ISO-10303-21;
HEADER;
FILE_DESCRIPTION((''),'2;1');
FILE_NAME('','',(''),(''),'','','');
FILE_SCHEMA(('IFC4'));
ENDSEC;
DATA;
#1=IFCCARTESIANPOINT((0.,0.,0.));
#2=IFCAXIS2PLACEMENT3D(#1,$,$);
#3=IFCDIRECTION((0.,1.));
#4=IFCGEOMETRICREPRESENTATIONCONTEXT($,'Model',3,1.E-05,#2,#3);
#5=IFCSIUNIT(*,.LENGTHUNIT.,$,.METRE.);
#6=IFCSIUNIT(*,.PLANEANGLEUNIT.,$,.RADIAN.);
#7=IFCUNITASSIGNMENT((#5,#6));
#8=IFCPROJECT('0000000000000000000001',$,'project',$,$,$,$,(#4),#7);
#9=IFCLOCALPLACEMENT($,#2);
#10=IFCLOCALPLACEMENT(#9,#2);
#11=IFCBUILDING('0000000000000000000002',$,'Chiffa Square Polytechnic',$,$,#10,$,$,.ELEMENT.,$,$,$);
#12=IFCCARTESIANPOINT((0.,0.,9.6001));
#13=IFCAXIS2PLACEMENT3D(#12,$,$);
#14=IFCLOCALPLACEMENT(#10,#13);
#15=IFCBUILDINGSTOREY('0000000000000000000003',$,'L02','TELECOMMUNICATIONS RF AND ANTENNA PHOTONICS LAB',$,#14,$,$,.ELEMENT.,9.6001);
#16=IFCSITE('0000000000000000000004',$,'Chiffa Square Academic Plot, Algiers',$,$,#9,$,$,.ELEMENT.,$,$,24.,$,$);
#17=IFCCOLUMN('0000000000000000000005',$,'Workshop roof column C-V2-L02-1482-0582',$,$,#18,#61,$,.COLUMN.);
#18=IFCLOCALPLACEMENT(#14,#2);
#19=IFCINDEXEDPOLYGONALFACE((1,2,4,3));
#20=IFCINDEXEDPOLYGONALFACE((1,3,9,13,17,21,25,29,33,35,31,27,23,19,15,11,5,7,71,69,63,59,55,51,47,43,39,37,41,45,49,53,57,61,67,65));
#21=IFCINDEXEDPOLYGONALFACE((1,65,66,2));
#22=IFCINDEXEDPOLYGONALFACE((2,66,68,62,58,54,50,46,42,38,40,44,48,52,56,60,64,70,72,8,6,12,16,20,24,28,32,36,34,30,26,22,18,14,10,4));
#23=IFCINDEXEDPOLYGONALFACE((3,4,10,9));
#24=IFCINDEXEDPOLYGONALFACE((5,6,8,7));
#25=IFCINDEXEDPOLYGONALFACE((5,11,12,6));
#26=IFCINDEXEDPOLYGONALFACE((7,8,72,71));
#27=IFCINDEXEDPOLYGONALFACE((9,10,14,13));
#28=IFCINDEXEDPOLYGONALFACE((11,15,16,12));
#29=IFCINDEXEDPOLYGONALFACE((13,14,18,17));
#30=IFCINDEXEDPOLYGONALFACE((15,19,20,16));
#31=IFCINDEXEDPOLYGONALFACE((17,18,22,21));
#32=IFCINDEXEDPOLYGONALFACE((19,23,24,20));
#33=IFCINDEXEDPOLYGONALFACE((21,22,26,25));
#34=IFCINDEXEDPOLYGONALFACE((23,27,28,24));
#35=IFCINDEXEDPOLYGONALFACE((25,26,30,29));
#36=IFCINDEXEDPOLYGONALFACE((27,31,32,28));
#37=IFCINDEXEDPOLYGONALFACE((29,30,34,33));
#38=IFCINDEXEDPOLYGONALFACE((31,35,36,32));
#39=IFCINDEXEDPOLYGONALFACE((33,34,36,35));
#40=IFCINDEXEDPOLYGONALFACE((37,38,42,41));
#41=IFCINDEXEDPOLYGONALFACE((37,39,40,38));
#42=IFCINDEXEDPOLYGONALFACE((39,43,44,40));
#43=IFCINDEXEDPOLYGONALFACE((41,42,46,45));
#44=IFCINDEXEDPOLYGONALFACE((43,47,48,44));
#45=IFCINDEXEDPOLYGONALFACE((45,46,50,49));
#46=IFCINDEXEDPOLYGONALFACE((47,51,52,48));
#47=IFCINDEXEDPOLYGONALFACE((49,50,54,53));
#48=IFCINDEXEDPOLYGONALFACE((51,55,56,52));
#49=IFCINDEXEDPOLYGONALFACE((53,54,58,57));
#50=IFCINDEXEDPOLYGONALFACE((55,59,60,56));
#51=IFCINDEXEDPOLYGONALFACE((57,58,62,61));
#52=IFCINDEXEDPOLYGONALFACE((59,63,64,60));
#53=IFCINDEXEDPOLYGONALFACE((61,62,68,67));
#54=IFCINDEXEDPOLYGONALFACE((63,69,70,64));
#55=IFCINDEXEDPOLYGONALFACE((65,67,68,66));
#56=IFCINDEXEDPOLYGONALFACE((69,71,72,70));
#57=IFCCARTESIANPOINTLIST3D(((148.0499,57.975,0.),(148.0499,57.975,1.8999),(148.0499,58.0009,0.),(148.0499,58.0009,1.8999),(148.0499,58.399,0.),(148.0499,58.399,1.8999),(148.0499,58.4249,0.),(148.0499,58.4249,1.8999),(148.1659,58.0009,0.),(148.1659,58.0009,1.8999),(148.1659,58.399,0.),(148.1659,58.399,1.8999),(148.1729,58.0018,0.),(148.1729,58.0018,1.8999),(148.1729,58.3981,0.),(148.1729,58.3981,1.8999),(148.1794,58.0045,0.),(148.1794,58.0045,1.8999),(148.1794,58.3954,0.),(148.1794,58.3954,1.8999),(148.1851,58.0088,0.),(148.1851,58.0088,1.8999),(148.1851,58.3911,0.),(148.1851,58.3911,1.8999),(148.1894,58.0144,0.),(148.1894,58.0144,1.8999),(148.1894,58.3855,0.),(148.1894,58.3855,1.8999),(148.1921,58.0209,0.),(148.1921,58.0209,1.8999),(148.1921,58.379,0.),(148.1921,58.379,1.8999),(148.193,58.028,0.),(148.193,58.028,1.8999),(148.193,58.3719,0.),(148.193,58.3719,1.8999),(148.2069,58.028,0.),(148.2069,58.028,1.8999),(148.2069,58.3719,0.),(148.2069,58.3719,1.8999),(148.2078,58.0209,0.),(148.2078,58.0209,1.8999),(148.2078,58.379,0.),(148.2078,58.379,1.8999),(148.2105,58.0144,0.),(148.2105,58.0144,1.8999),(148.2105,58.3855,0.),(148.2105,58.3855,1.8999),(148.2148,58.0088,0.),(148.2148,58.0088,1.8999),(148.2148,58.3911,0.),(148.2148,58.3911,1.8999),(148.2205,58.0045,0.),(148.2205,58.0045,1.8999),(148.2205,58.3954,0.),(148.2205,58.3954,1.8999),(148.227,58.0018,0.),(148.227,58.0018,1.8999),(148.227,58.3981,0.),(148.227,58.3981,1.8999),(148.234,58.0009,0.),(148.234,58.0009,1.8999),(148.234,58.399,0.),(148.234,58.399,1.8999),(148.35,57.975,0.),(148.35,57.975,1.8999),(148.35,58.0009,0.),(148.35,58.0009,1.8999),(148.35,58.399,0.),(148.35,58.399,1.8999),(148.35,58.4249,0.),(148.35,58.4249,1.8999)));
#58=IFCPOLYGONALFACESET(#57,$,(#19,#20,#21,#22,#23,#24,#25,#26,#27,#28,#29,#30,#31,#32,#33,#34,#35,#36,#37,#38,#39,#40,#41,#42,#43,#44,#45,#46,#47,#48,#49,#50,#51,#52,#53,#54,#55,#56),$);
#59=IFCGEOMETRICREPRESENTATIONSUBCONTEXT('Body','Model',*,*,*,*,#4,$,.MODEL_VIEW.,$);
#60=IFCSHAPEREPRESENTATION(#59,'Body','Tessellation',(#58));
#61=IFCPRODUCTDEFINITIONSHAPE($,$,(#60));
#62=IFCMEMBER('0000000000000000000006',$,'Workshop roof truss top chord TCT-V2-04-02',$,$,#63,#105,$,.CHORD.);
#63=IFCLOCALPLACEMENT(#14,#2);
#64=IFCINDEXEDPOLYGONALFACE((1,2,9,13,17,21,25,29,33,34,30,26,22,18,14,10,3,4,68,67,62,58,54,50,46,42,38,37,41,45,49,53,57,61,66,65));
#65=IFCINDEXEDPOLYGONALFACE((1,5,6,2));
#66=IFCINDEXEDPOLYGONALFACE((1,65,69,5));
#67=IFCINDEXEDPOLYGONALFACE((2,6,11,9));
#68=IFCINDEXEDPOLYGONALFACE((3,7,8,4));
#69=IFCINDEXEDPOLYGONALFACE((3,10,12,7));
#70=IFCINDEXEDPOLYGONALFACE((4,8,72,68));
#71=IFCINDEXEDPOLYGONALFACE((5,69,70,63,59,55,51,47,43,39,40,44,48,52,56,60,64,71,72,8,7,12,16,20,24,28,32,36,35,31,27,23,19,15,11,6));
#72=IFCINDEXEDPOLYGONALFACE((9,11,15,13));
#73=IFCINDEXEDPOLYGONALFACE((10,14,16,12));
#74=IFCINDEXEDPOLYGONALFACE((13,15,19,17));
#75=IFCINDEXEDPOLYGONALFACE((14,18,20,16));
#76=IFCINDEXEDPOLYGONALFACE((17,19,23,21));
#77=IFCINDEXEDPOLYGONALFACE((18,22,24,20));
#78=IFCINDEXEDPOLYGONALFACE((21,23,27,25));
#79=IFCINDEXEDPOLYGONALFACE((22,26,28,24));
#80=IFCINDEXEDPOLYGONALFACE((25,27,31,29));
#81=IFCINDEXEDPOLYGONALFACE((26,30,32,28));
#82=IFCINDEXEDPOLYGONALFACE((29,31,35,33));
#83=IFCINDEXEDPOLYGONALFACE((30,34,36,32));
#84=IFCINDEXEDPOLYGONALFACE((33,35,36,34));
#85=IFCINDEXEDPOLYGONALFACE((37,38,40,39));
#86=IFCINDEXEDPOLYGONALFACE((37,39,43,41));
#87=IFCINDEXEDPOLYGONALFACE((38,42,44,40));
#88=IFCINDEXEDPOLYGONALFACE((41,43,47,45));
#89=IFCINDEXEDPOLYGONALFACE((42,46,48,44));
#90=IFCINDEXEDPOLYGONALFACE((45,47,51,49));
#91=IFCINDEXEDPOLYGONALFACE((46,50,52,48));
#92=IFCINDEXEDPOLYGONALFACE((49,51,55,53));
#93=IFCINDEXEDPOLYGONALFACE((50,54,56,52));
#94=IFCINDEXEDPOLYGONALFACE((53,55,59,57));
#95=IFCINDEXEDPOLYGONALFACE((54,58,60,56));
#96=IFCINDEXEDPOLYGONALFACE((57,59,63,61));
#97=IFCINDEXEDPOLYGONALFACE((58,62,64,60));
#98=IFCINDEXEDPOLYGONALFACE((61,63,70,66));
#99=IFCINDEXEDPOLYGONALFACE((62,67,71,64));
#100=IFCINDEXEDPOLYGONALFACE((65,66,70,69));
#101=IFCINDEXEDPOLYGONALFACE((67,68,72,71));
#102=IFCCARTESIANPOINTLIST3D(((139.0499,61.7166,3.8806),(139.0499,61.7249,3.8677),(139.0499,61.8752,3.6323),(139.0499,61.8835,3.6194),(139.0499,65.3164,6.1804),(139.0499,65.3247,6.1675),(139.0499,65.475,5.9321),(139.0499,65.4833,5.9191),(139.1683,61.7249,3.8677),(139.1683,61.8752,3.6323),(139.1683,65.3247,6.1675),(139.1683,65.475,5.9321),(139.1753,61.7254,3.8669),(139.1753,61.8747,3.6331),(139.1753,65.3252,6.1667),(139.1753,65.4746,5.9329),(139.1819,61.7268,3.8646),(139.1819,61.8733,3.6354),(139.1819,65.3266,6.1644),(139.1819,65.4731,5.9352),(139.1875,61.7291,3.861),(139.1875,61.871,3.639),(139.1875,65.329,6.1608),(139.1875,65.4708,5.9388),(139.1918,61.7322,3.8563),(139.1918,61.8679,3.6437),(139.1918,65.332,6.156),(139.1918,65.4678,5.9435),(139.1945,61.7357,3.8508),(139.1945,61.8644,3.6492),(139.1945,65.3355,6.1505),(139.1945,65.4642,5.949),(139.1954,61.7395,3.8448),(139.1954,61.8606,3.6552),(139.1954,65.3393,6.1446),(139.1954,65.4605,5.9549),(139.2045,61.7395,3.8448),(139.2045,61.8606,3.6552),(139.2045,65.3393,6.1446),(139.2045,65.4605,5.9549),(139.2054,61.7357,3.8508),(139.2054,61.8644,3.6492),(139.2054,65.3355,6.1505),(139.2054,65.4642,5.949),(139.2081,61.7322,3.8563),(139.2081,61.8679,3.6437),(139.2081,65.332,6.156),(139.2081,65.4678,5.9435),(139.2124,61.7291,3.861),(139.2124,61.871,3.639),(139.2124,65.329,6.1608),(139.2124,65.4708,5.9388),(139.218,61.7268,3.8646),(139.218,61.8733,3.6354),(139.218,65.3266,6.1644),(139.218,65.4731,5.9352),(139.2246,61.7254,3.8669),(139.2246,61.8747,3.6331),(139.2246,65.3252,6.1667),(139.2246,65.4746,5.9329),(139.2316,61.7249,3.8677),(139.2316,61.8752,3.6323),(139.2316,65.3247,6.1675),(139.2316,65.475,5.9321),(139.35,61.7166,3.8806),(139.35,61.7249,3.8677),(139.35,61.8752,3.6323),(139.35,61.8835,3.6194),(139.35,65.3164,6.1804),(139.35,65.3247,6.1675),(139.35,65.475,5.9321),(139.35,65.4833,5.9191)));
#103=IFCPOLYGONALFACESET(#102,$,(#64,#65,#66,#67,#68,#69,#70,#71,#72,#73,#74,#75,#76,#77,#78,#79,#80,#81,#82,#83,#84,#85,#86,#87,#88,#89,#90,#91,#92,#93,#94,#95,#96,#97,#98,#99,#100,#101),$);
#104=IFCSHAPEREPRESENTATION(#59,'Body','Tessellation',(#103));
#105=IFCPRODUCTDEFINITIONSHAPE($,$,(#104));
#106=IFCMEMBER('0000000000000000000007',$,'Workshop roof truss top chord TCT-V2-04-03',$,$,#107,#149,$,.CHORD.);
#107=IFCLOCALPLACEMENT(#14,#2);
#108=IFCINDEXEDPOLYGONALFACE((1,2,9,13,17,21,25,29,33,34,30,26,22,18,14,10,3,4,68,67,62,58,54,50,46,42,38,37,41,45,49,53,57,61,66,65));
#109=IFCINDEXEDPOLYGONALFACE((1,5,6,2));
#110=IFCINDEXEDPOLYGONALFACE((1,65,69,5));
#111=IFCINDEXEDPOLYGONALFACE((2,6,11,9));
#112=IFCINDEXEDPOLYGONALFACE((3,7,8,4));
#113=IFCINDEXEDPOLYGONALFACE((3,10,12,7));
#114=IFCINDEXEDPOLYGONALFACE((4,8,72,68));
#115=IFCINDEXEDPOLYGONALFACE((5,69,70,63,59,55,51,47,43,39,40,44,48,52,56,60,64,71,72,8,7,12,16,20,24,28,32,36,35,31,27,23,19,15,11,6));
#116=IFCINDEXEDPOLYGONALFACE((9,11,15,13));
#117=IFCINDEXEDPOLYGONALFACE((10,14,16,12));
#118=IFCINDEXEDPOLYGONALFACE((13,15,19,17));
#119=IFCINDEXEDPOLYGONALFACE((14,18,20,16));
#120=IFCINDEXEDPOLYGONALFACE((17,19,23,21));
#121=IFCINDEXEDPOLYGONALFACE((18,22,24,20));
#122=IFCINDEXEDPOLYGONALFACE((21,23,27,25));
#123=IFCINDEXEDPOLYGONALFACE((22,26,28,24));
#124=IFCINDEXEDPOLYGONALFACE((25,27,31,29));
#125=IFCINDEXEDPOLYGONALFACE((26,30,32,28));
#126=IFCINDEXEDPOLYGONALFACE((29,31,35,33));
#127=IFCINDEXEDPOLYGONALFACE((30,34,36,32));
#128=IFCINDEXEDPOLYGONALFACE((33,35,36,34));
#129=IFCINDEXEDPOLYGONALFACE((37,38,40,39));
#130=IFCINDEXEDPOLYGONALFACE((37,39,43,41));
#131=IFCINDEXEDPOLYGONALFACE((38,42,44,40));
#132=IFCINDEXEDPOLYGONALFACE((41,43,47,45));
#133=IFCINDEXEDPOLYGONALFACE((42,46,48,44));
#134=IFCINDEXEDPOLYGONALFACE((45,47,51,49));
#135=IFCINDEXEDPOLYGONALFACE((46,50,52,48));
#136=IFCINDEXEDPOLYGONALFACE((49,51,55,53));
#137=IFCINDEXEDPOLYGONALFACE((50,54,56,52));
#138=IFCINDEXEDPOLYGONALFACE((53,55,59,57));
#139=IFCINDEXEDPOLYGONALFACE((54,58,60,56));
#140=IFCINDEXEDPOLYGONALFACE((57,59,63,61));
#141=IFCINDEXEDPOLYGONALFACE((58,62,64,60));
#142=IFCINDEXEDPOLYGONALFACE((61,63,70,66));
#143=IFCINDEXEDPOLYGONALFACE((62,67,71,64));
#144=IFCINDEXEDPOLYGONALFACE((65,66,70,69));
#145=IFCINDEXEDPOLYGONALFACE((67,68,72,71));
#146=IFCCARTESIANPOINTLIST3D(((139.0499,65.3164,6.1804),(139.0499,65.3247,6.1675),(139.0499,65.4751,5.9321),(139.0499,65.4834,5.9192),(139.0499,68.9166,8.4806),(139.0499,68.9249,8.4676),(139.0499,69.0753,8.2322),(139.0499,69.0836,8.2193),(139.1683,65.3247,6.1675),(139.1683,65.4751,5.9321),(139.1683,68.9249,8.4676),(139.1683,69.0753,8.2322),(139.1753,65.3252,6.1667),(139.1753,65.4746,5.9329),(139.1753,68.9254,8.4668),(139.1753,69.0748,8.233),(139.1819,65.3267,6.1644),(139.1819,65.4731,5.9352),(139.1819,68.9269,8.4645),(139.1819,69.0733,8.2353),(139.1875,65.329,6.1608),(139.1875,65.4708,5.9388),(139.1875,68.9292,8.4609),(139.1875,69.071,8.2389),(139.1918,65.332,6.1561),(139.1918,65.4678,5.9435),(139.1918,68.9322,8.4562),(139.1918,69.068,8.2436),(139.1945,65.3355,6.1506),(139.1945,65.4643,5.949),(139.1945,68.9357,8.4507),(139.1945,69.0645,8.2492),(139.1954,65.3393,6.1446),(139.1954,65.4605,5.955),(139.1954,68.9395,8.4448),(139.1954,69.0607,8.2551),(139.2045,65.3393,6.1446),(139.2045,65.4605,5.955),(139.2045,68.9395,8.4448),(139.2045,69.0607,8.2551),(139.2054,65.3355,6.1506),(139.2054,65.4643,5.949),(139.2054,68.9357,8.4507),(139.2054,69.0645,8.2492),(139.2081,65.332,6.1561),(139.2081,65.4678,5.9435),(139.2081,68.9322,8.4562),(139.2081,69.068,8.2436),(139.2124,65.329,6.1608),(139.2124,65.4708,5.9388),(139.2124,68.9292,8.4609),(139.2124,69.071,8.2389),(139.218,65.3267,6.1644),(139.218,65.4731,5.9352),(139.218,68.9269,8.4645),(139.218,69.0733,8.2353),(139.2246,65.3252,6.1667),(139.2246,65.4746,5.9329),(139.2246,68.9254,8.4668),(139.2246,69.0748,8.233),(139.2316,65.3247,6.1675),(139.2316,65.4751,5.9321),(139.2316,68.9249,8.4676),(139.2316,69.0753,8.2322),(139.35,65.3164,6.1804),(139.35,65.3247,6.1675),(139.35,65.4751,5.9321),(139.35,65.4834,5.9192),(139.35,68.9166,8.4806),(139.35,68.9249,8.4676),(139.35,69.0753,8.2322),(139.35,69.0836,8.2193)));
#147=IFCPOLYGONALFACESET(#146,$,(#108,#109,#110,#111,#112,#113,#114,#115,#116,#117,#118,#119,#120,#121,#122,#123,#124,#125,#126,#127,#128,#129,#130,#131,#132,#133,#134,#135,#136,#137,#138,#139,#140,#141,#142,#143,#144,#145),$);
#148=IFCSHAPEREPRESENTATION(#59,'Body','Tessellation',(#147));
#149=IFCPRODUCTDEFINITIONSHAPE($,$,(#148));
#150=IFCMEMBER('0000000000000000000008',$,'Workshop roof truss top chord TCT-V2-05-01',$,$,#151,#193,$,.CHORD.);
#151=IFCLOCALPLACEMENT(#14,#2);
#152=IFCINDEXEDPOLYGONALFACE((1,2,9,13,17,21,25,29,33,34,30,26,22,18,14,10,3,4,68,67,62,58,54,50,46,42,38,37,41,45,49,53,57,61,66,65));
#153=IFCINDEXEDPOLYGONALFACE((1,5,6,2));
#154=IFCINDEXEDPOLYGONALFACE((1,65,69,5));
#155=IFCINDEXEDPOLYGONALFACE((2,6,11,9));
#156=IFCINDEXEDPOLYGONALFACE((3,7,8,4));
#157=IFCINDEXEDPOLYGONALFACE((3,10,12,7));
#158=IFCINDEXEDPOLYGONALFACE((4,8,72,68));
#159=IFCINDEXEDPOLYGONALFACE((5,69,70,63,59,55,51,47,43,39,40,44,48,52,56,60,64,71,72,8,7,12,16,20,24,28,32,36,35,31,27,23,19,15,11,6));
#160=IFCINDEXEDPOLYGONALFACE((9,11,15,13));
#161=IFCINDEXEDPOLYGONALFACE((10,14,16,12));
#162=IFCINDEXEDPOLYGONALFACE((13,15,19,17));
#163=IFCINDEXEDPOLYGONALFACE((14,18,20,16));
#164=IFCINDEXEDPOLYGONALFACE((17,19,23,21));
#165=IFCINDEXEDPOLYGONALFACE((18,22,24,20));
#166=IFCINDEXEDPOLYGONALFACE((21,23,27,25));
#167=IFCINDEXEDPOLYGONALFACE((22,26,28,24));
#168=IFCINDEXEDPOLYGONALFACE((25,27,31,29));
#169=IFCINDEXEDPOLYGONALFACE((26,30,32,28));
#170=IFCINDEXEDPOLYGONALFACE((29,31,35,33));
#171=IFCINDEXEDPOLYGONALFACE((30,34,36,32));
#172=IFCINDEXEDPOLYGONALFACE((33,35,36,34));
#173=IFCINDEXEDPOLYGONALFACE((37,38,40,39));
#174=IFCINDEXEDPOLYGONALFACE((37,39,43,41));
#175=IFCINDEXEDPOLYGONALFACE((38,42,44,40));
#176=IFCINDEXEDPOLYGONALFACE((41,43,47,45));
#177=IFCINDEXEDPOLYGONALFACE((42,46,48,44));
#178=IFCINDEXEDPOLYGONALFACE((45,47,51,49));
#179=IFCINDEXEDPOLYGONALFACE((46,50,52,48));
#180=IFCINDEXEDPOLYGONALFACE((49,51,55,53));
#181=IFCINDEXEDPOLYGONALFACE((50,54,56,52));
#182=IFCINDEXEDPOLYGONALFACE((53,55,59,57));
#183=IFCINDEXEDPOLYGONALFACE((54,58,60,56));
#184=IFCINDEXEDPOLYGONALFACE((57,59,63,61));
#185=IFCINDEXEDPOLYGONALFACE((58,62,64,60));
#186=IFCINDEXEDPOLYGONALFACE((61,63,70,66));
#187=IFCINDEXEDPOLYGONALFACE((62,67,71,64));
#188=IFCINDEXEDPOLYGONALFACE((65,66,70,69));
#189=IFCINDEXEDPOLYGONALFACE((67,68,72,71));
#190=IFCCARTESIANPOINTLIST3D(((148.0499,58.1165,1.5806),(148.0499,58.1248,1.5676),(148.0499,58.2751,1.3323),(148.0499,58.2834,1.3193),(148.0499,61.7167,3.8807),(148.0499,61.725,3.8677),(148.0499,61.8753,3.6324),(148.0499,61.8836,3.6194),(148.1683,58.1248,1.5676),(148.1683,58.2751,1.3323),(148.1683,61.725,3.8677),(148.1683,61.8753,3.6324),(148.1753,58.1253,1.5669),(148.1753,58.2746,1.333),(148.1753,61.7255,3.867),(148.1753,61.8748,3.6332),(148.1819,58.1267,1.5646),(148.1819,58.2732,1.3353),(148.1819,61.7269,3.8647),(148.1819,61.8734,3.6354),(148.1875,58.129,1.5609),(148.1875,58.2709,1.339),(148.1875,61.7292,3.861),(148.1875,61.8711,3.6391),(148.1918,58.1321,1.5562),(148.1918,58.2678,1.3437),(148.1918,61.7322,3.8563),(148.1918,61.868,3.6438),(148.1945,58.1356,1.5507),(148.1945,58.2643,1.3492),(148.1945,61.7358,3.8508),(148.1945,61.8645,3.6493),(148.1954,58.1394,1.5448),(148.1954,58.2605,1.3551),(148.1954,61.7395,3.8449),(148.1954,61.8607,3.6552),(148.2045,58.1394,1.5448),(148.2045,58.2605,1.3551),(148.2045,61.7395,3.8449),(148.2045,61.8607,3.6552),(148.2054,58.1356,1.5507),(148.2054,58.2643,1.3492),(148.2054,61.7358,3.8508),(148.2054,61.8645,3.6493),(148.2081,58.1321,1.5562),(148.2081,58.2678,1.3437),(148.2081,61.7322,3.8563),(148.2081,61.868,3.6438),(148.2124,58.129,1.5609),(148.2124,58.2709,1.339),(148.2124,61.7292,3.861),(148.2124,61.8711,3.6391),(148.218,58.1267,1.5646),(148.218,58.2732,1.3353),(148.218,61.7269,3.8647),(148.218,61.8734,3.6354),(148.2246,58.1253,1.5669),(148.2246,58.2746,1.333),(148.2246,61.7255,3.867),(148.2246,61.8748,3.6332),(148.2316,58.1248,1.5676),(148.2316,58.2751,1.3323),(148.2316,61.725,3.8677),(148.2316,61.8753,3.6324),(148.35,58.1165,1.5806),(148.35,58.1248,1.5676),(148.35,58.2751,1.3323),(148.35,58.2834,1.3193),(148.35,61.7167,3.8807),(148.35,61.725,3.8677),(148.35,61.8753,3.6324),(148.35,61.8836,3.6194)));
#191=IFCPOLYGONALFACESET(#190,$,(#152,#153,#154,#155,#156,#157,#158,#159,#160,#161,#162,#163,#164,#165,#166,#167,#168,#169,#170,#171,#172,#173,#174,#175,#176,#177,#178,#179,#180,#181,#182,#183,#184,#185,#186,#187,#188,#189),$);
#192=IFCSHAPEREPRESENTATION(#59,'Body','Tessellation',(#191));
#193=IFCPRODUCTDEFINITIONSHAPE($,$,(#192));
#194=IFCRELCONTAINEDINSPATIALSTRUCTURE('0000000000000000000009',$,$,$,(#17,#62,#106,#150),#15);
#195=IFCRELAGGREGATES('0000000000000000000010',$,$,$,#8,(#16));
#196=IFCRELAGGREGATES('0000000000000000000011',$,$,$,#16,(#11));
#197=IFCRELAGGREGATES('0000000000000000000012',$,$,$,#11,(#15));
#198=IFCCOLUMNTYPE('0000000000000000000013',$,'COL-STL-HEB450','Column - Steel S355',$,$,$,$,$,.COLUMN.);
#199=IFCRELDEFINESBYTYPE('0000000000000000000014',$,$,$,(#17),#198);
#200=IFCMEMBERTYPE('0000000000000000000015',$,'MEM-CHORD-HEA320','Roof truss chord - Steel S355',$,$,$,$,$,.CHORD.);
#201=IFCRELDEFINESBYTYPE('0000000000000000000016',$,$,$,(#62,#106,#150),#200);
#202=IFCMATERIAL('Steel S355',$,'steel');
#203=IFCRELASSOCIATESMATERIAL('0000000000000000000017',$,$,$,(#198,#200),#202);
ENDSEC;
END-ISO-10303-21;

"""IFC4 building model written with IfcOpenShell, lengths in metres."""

from ifc_helpers import new_model, si_unit, direction, frame, origin, origin_2d, place, context, subcontext, project, spatial, i_section, extrude, material, material_profile, profile_set, type_object, element, save


model = new_model("IFC4")

# Units and contexts
model_context = context("Model", 3, precision=1e-05, world=origin(), true_north=direction((0.0, 1.0)))
body_context = subcontext(model_context, "Body", "Model", "MODEL_VIEW")
ifc_project = project(units=[si_unit("LENGTHUNIT", "METRE"), si_unit("PLANEANGLEUNIT", "RADIAN")], contexts=[model_context])

# Site, building, storey
site_placement = place(None, origin())
site = spatial("IfcSite", under=ifc_project, at=site_placement, Name="Chiffa Square Academic Plot, Algiers", CompositionType="ELEMENT", RefElevation=24.0)
building_placement = place(site_placement, origin())
building = spatial("IfcBuilding", under=site, at=building_placement, Name="Chiffa Square Polytechnic", CompositionType="ELEMENT")
storey_placement = place(building_placement, frame((0.0, 0.0, 9.6001)))
storey = spatial("IfcBuildingStorey", under=building, at=storey_placement, Name="L02", Description="TELECOMMUNICATIONS RF AND ANTENNA PHOTONICS LAB", CompositionType="ELEMENT", Elevation=9.6001)

# Column
ifc_material = material(Name="Steel S355", Category="steel")
ifc_material_profile_1 = material_profile(ifc_material, i_section(OverallWidth=0.3, OverallDepth=0.45, WebThickness=0.0139, FlangeThickness=0.0259, FilletRadius=0.0271, at=origin_2d()), Name="HEB 450")
ifc_profile_set_1 = profile_set([ifc_material_profile_1], Name="Steel S355")
column_type = type_object("IfcColumnType", Name="COL-STL-HEB450", Description="Column - Steel S355", PredefinedType="COLUMN", material=ifc_profile_set_1)
column_placement = place(storey_placement, frame((148.2, 58.2, 0.0), z_axis=(0.0, 0.0, 1.0), x_axis=(1.0, 0.0, 0.0)))
element("IfcColumn", 1, at=column_placement, inside=storey, type_object=column_type, Name="Workshop roof column C-V2-L02-1482-0582", PredefinedType="COLUMN", context=body_context, shape_type="SweptSolid", body=[
    extrude(i_section(OverallWidth=0.3, OverallDepth=0.45, WebThickness=0.0139, FlangeThickness=0.0259, FilletRadius=0.0271, at=origin_2d()), origin(), (0.0, 0.0, 1.0), 1.8999),
])

# Members
ifc_material_profile_2 = material_profile(ifc_material, i_section(OverallWidth=0.3, OverallDepth=0.3101, WebThickness=0.009, FlangeThickness=0.0154, FilletRadius=0.0271, at=origin_2d()), Name="HEA 320")
ifc_profile_set_2 = profile_set([ifc_material_profile_2], Name="Steel S355")
member_type_1 = type_object("IfcMemberType", Name="MEM-CHORD-HEA320", Description="Roof truss chord - Steel S355", PredefinedType="CHORD", material=ifc_profile_set_2)
member_1_placement = place(storey_placement, frame((139.2, 61.8, 3.75), z_axis=(0.0, 0.842707, 0.538372), x_axis=(-1.0, 0.0, 0.0)))
element("IfcMember", 2, at=member_1_placement, inside=storey, type_object=member_type_1, Name="Workshop roof truss top chord TCT-V2-04-02", PredefinedType="CHORD", context=body_context, shape_type="SweptSolid", body=[
    extrude(i_section(OverallWidth=0.3, OverallDepth=0.3101, WebThickness=0.009, FlangeThickness=0.0154, FilletRadius=0.0271, at=origin_2d()), origin(), (0.0, 0.0, 1.0), 4.2717),
])
for number, where, z_axis, x_axis, name in (
    (3, (139.2, 65.3999, 6.0498), (0.0, 0.842698, 0.538387), (-1.0, 0.0, 0.0), "Workshop roof truss top chord TCT-V2-04-03"),
    (4, (148.2, 58.2, 1.45), (0.0, 0.842698, 0.538387), (-1.0, 0.0, 0.0), "Workshop roof truss top chord TCT-V2-05-01"),
):
    element("IfcMember", number, at=place(storey_placement, frame(where, z_axis=z_axis, x_axis=x_axis)), inside=storey, type_object=member_type_1, Name=name, PredefinedType="CHORD", context=body_context, shape_type="SweptSolid", body=[
        extrude(i_section(OverallWidth=0.3, OverallDepth=0.3101, WebThickness=0.009, FlangeThickness=0.0154, FilletRadius=0.0271, at=origin_2d()), origin(), (0.0, 0.0, 1.0), 4.2722),
    ])

save(model, "model.ifc")
